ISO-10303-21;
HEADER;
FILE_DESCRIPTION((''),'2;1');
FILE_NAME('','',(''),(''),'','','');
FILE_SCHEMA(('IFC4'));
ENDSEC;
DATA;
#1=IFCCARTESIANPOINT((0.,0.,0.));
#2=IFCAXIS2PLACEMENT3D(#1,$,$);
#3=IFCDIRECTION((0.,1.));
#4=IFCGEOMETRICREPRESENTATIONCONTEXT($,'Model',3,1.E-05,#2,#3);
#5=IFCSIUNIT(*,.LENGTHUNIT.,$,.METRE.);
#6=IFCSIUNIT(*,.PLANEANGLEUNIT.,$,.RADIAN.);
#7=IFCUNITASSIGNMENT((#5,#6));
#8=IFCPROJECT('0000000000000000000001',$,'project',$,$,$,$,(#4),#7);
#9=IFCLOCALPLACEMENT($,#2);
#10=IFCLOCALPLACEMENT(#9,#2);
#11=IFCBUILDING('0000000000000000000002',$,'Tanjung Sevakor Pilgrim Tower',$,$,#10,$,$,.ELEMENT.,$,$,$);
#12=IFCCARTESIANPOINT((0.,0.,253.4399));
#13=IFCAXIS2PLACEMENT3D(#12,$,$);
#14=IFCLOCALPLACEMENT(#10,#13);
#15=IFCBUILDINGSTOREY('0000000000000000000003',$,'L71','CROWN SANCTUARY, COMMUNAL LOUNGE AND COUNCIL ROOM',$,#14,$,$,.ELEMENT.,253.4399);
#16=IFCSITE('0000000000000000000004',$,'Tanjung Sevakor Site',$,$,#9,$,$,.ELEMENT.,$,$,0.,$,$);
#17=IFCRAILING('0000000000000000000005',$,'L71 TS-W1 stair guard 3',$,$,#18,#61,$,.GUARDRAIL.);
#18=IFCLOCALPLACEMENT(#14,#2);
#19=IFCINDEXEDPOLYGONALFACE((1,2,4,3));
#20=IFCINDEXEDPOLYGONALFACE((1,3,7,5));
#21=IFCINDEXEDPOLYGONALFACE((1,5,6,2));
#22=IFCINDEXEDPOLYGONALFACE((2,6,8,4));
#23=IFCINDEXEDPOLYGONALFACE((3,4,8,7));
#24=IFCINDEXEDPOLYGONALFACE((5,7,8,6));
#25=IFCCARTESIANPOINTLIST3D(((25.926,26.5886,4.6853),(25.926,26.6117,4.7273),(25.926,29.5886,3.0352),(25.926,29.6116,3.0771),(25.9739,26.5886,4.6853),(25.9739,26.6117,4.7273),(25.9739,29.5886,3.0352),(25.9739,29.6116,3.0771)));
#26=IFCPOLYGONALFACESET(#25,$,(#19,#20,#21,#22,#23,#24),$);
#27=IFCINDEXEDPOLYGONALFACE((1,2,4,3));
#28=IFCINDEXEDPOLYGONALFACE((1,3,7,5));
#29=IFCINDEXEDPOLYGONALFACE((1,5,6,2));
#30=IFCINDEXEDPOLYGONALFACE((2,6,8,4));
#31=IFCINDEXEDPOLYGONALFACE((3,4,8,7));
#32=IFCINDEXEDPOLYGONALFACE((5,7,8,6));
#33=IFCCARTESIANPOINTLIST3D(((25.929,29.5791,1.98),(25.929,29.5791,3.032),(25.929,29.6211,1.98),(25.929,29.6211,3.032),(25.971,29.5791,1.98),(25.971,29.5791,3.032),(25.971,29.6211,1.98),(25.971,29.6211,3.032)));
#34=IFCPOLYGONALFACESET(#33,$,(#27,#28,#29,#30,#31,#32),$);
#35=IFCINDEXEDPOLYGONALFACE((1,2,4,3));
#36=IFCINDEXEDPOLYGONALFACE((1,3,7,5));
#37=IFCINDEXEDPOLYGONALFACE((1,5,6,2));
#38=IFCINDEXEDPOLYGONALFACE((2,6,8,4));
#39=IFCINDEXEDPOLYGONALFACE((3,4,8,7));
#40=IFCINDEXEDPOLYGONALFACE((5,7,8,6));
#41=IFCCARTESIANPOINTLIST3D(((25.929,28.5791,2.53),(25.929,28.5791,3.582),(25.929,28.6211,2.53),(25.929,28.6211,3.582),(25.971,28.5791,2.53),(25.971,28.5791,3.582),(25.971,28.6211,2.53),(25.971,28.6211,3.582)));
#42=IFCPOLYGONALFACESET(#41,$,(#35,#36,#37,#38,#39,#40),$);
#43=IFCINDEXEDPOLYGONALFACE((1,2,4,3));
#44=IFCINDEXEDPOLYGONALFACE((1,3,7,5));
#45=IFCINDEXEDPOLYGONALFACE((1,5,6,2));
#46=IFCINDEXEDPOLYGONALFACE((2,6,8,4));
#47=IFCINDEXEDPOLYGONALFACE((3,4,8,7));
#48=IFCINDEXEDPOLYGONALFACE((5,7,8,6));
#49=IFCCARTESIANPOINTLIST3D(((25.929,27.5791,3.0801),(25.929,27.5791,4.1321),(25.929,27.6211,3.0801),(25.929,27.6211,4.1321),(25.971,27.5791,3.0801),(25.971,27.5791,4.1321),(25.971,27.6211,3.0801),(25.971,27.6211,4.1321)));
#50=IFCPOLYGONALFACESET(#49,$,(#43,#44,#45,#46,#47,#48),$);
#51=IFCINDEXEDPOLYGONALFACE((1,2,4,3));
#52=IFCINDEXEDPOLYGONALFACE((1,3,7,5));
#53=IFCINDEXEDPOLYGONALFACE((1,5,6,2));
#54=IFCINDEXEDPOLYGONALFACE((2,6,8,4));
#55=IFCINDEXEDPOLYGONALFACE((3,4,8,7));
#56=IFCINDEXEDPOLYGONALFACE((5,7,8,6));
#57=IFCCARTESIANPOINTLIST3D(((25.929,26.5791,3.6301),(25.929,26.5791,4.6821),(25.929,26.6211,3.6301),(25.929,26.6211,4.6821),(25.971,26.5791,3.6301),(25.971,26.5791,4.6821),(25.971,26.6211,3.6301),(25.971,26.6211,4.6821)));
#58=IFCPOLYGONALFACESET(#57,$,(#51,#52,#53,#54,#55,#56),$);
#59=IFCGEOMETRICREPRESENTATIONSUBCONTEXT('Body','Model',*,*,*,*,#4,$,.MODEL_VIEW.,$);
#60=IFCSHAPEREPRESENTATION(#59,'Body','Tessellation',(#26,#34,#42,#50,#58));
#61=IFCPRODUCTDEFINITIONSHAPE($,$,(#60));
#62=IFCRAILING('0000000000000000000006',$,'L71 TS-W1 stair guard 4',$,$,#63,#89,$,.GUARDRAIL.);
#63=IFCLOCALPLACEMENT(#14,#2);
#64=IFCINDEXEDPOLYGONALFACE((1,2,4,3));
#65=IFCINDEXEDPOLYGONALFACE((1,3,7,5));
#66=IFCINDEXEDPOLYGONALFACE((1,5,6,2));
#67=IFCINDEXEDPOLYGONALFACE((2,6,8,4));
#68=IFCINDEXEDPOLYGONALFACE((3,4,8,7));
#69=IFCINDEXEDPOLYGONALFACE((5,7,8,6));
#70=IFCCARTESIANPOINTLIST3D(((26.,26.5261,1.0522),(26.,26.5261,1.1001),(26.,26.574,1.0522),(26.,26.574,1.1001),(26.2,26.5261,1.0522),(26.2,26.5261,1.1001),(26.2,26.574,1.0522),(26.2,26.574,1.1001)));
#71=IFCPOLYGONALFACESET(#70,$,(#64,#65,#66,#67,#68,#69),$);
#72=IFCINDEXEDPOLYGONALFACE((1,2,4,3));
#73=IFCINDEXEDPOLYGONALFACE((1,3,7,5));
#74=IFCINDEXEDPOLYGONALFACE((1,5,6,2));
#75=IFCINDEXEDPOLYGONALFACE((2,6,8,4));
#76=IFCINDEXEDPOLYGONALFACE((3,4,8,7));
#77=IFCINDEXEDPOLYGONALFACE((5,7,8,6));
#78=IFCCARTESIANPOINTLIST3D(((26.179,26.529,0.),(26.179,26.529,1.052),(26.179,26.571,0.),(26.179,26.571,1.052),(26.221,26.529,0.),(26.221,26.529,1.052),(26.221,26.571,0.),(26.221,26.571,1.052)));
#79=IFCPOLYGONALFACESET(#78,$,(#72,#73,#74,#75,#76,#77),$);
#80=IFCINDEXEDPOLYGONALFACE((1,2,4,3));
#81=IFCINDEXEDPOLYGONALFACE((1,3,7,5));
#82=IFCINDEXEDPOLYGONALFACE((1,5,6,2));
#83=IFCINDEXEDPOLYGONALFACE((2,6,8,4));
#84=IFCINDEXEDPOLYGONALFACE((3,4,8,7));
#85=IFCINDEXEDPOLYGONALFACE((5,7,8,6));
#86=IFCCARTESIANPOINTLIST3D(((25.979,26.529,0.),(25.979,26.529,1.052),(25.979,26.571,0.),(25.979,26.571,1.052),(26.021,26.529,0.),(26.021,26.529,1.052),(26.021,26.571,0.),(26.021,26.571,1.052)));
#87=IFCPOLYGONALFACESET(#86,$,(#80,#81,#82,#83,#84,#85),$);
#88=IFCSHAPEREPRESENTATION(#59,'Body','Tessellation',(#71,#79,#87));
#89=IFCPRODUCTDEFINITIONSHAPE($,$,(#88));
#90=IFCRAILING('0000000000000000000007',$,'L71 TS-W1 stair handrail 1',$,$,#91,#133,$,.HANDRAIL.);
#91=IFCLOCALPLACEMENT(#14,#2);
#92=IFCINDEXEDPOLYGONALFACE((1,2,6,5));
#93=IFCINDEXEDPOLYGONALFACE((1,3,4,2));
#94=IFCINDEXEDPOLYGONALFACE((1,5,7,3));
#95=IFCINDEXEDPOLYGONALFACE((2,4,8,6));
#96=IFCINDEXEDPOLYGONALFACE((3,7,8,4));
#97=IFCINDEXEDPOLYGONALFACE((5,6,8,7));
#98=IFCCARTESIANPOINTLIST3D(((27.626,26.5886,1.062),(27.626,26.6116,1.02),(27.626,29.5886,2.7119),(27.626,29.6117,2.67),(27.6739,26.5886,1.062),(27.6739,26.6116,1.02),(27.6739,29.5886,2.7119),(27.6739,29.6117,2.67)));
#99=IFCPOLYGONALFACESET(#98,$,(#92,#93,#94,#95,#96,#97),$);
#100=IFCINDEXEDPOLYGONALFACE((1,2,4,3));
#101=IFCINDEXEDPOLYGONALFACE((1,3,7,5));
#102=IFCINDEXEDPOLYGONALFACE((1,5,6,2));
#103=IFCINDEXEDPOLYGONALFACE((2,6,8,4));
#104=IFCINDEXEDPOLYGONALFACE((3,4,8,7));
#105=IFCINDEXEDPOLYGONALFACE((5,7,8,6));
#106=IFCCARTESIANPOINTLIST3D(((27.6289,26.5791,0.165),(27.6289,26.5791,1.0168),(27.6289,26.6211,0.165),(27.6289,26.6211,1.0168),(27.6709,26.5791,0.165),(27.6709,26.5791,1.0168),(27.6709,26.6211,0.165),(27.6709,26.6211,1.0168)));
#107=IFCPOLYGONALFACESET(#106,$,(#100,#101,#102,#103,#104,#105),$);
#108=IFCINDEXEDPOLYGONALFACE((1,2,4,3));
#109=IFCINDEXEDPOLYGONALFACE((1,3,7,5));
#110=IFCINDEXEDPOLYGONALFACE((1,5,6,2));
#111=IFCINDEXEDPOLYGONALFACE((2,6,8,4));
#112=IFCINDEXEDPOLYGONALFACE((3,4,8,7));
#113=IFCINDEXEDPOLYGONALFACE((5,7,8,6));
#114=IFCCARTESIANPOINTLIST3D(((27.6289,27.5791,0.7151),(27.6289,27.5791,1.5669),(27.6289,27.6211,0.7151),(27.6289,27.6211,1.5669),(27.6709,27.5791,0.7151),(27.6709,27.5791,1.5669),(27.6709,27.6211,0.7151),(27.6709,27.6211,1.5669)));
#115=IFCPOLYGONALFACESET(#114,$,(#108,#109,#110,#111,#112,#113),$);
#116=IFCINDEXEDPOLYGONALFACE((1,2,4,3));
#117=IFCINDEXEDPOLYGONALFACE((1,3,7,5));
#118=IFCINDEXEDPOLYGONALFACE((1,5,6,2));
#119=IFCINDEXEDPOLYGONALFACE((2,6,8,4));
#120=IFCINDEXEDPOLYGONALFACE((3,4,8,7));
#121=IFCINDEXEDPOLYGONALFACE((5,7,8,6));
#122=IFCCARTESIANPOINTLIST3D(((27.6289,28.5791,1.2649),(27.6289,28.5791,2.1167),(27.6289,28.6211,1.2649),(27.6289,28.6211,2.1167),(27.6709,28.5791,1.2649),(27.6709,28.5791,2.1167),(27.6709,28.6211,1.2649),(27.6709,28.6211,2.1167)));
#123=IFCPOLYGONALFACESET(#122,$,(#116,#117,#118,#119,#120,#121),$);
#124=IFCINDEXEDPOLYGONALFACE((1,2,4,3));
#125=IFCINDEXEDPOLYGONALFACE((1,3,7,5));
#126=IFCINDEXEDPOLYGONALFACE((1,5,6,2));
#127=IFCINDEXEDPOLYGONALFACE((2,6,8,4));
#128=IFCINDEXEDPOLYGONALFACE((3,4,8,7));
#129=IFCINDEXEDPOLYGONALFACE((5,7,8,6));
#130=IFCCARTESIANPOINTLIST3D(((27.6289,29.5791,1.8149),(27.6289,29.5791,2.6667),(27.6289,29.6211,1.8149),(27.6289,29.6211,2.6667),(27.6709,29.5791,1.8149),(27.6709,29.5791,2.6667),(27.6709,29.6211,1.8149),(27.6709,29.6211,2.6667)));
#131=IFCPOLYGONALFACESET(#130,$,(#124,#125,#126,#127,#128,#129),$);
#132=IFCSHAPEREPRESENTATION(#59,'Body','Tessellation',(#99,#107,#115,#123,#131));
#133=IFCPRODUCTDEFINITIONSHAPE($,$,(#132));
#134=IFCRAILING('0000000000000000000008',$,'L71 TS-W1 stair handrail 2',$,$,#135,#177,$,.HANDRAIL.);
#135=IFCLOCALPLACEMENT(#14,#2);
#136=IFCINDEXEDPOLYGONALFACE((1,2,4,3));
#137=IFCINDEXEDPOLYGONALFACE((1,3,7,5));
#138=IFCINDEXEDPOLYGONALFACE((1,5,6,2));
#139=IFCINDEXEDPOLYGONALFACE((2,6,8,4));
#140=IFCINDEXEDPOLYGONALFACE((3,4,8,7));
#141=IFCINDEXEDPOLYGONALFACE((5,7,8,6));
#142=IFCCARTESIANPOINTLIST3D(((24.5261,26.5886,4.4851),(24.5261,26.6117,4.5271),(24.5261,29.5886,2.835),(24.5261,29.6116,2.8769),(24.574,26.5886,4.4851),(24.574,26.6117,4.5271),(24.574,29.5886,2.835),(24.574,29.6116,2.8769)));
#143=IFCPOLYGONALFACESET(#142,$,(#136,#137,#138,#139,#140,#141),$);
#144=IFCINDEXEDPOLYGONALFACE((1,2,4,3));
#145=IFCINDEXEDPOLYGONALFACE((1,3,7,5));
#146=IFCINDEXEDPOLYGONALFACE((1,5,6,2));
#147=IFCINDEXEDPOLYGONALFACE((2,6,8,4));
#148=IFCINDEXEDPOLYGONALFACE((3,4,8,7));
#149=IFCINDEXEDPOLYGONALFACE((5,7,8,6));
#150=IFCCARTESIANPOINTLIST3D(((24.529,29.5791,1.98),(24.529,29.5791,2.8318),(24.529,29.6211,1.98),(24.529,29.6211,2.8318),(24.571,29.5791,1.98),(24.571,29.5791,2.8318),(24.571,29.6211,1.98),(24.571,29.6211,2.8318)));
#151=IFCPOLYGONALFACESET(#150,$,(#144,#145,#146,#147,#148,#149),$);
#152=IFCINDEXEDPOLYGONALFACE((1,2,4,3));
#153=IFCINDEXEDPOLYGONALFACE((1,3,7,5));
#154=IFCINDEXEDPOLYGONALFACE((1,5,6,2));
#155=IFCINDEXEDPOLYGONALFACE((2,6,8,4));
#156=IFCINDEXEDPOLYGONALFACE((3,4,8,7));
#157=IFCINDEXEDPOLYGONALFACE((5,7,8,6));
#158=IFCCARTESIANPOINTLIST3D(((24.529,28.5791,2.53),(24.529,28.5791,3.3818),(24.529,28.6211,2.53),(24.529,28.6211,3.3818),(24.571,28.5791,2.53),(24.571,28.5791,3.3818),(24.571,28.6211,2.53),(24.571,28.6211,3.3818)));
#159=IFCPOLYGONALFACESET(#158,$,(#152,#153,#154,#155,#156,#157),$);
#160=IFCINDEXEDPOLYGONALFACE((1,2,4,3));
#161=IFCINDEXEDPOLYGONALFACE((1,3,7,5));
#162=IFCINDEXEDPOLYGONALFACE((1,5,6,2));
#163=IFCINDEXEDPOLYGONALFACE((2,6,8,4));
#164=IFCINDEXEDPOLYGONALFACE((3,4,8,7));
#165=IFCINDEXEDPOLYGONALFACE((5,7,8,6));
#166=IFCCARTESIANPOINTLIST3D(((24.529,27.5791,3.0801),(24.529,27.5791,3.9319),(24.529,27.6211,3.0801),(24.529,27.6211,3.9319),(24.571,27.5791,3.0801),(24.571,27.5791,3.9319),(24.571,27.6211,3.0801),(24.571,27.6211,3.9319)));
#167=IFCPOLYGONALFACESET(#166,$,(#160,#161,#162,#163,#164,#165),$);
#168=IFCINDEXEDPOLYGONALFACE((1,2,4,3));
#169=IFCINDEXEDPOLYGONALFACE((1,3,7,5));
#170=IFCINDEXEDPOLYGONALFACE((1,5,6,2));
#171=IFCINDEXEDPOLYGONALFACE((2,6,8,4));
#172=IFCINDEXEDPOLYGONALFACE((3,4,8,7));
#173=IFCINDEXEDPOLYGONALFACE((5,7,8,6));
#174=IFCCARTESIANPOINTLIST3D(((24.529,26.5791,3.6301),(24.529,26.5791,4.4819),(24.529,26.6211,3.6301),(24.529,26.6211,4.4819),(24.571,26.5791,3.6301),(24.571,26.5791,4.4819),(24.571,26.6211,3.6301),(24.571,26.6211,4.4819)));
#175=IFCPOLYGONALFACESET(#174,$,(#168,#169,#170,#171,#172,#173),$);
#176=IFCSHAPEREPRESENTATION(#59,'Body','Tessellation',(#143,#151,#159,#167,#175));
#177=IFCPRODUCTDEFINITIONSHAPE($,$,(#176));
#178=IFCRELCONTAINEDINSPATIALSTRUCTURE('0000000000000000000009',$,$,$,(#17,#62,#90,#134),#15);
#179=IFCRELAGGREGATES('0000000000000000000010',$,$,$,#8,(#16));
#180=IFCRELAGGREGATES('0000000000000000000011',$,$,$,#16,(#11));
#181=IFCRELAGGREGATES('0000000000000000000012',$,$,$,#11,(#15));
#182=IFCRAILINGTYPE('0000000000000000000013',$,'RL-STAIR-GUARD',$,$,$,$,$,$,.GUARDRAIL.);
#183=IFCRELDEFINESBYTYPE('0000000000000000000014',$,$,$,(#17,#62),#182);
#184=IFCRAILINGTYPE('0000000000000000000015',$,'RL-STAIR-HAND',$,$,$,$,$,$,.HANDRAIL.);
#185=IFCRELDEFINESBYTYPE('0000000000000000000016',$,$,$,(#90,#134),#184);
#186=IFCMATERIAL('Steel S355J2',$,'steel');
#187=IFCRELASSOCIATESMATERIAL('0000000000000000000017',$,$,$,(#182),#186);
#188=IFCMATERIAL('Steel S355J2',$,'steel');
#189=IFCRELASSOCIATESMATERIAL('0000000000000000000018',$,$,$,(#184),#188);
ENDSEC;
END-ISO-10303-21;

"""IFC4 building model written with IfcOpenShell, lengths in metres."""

from ifc_helpers import new_model, si_unit, direction, frame, origin, place, context, subcontext, project, spatial, rectangle, extrude, material, type_object, element, save


model = new_model("IFC4")

# Units and contexts
model_context = context("Model", 3, precision=1e-05, world=origin(), true_north=direction((0.0, 1.0)))
body_context = subcontext(model_context, "Body", "Model", "MODEL_VIEW")
ifc_project = project(units=[si_unit("LENGTHUNIT", "METRE"), si_unit("PLANEANGLEUNIT", "RADIAN")], contexts=[model_context])

# Site, building, storey
site_placement = place(None, origin())
site = spatial("IfcSite", under=ifc_project, at=site_placement, Name="Tanjung Sevakor Site", CompositionType="ELEMENT", RefElevation=0.0)
building_placement = place(site_placement, origin())
building = spatial("IfcBuilding", under=site, at=building_placement, Name="Tanjung Sevakor Pilgrim Tower", CompositionType="ELEMENT")
storey_placement = place(building_placement, frame((0.0, 0.0, 253.4399)))
storey = spatial("IfcBuildingStorey", under=building, at=storey_placement, Name="L71", Description="CROWN SANCTUARY, COMMUNAL LOUNGE AND COUNCIL ROOM", CompositionType="ELEMENT", Elevation=253.4399)

# Railings
ifc_material_1 = material(Name="Steel S355J2", Category="steel")
railing_type_1 = type_object("IfcRailingType", Name="RL-STAIR-GUARD", PredefinedType="GUARDRAIL", material=ifc_material_1)
railing_1_placement = place(storey_placement, frame((25.95, 29.6001, 1.98)))
element("IfcRailing", 1, at=railing_1_placement, inside=storey, type_object=railing_type_1, Name="L71 TS-W1 stair guard 3", PredefinedType="GUARDRAIL", context=body_context, shape_type="SweptSolid", body=[
    extrude(rectangle(XDim=0.0479, YDim=0.0479), frame((0.0, 0.0, 1.0762), z_axis=(0.0, -0.876198, 0.481952), x_axis=(1.0, 0.0, 0.0)), (0.0, 0.0, 1.0), 3.4238),
    extrude(rectangle(XDim=0.042, YDim=0.042), origin(), (0.0, 0.0, 1.0), 1.052),
    extrude(rectangle(XDim=0.042, YDim=0.042), frame((0.0, -1.0, 0.55)), (0.0, 0.0, 1.0), 1.052),
    extrude(rectangle(XDim=0.042, YDim=0.042), frame((0.0, -2.0, 1.1001)), (0.0, 0.0, 1.0), 1.052),
    extrude(rectangle(XDim=0.042, YDim=0.042), frame((0.0, -3.0, 1.6501)), (0.0, 0.0, 1.0), 1.052),
])
railing_2_placement = place(storey_placement, frame((26.2, 26.55, 0.0)))
element("IfcRailing", 2, at=railing_2_placement, inside=storey, type_object=railing_type_1, Name="L71 TS-W1 stair guard 4", PredefinedType="GUARDRAIL", context=body_context, shape_type="SweptSolid", body=[
    extrude(rectangle(XDim=0.0479, YDim=0.0479), frame((0.0, 0.0, 1.0762), z_axis=(-1.0, 0.0, 0.0), x_axis=(0.0, -1.0, 0.0)), (0.0, 0.0, 1.0), 0.2),
    extrude(rectangle(XDim=0.042, YDim=0.042), origin(), (0.0, 0.0, 1.0), 1.052),
    extrude(rectangle(XDim=0.042, YDim=0.042), frame((-0.2, 0.0, 0.0)), (0.0, 0.0, 1.0), 1.052),
])
ifc_material_2 = material(Name="Steel S355J2", Category="steel")
railing_type_2 = type_object("IfcRailingType", Name="RL-STAIR-HAND", PredefinedType="HANDRAIL", material=ifc_material_2)
railing_3_placement = place(storey_placement, frame((27.6499, 26.6001, 0.165)))
element("IfcRailing", 3, at=railing_3_placement, inside=storey, type_object=railing_type_2, Name="L71 TS-W1 stair handrail 1", PredefinedType="HANDRAIL", context=body_context, shape_type="SweptSolid", body=[
    extrude(rectangle(XDim=0.0479, YDim=0.0479), frame((0.0, 0.0, 0.876), z_axis=(0.0, 0.876228, 0.481897), x_axis=(-1.0, 0.0, 0.0)), (0.0, 0.0, 1.0), 3.4238),
    extrude(rectangle(XDim=0.042, YDim=0.042), origin(), (0.0, 0.0, 1.0), 0.8518),
    extrude(rectangle(XDim=0.042, YDim=0.042), frame((0.0, 1.0, 0.55)), (0.0, 0.0, 1.0), 0.8518),
    extrude(rectangle(XDim=0.042, YDim=0.042), frame((0.0, 2.0, 1.0999)), (0.0, 0.0, 1.0), 0.8518),
    extrude(rectangle(XDim=0.042, YDim=0.042), frame((0.0, 3.0, 1.6499)), (0.0, 0.0, 1.0), 0.8518),
])
railing_4_placement = place(storey_placement, frame((24.55, 29.6001, 1.98)))
element("IfcRailing", 4, at=railing_4_placement, inside=storey, type_object=railing_type_2, Name="L71 TS-W1 stair handrail 2", PredefinedType="HANDRAIL", context=body_context, shape_type="SweptSolid", body=[
    extrude(rectangle(XDim=0.0479, YDim=0.0479), frame((0.0, 0.0, 0.876), z_axis=(0.0, -0.876198, 0.481952), x_axis=(1.0, 0.0, 0.0)), (0.0, 0.0, 1.0), 3.4238),
    extrude(rectangle(XDim=0.042, YDim=0.042), origin(), (0.0, 0.0, 1.0), 0.8518),
    extrude(rectangle(XDim=0.042, YDim=0.042), frame((0.0, -1.0, 0.55)), (0.0, 0.0, 1.0), 0.8518),
    extrude(rectangle(XDim=0.042, YDim=0.042), frame((0.0, -2.0, 1.1001)), (0.0, 0.0, 1.0), 0.8518),
    extrude(rectangle(XDim=0.042, YDim=0.042), frame((0.0, -3.0, 1.6501)), (0.0, 0.0, 1.0), 0.8518),
])

save(model, "model.ifc")
